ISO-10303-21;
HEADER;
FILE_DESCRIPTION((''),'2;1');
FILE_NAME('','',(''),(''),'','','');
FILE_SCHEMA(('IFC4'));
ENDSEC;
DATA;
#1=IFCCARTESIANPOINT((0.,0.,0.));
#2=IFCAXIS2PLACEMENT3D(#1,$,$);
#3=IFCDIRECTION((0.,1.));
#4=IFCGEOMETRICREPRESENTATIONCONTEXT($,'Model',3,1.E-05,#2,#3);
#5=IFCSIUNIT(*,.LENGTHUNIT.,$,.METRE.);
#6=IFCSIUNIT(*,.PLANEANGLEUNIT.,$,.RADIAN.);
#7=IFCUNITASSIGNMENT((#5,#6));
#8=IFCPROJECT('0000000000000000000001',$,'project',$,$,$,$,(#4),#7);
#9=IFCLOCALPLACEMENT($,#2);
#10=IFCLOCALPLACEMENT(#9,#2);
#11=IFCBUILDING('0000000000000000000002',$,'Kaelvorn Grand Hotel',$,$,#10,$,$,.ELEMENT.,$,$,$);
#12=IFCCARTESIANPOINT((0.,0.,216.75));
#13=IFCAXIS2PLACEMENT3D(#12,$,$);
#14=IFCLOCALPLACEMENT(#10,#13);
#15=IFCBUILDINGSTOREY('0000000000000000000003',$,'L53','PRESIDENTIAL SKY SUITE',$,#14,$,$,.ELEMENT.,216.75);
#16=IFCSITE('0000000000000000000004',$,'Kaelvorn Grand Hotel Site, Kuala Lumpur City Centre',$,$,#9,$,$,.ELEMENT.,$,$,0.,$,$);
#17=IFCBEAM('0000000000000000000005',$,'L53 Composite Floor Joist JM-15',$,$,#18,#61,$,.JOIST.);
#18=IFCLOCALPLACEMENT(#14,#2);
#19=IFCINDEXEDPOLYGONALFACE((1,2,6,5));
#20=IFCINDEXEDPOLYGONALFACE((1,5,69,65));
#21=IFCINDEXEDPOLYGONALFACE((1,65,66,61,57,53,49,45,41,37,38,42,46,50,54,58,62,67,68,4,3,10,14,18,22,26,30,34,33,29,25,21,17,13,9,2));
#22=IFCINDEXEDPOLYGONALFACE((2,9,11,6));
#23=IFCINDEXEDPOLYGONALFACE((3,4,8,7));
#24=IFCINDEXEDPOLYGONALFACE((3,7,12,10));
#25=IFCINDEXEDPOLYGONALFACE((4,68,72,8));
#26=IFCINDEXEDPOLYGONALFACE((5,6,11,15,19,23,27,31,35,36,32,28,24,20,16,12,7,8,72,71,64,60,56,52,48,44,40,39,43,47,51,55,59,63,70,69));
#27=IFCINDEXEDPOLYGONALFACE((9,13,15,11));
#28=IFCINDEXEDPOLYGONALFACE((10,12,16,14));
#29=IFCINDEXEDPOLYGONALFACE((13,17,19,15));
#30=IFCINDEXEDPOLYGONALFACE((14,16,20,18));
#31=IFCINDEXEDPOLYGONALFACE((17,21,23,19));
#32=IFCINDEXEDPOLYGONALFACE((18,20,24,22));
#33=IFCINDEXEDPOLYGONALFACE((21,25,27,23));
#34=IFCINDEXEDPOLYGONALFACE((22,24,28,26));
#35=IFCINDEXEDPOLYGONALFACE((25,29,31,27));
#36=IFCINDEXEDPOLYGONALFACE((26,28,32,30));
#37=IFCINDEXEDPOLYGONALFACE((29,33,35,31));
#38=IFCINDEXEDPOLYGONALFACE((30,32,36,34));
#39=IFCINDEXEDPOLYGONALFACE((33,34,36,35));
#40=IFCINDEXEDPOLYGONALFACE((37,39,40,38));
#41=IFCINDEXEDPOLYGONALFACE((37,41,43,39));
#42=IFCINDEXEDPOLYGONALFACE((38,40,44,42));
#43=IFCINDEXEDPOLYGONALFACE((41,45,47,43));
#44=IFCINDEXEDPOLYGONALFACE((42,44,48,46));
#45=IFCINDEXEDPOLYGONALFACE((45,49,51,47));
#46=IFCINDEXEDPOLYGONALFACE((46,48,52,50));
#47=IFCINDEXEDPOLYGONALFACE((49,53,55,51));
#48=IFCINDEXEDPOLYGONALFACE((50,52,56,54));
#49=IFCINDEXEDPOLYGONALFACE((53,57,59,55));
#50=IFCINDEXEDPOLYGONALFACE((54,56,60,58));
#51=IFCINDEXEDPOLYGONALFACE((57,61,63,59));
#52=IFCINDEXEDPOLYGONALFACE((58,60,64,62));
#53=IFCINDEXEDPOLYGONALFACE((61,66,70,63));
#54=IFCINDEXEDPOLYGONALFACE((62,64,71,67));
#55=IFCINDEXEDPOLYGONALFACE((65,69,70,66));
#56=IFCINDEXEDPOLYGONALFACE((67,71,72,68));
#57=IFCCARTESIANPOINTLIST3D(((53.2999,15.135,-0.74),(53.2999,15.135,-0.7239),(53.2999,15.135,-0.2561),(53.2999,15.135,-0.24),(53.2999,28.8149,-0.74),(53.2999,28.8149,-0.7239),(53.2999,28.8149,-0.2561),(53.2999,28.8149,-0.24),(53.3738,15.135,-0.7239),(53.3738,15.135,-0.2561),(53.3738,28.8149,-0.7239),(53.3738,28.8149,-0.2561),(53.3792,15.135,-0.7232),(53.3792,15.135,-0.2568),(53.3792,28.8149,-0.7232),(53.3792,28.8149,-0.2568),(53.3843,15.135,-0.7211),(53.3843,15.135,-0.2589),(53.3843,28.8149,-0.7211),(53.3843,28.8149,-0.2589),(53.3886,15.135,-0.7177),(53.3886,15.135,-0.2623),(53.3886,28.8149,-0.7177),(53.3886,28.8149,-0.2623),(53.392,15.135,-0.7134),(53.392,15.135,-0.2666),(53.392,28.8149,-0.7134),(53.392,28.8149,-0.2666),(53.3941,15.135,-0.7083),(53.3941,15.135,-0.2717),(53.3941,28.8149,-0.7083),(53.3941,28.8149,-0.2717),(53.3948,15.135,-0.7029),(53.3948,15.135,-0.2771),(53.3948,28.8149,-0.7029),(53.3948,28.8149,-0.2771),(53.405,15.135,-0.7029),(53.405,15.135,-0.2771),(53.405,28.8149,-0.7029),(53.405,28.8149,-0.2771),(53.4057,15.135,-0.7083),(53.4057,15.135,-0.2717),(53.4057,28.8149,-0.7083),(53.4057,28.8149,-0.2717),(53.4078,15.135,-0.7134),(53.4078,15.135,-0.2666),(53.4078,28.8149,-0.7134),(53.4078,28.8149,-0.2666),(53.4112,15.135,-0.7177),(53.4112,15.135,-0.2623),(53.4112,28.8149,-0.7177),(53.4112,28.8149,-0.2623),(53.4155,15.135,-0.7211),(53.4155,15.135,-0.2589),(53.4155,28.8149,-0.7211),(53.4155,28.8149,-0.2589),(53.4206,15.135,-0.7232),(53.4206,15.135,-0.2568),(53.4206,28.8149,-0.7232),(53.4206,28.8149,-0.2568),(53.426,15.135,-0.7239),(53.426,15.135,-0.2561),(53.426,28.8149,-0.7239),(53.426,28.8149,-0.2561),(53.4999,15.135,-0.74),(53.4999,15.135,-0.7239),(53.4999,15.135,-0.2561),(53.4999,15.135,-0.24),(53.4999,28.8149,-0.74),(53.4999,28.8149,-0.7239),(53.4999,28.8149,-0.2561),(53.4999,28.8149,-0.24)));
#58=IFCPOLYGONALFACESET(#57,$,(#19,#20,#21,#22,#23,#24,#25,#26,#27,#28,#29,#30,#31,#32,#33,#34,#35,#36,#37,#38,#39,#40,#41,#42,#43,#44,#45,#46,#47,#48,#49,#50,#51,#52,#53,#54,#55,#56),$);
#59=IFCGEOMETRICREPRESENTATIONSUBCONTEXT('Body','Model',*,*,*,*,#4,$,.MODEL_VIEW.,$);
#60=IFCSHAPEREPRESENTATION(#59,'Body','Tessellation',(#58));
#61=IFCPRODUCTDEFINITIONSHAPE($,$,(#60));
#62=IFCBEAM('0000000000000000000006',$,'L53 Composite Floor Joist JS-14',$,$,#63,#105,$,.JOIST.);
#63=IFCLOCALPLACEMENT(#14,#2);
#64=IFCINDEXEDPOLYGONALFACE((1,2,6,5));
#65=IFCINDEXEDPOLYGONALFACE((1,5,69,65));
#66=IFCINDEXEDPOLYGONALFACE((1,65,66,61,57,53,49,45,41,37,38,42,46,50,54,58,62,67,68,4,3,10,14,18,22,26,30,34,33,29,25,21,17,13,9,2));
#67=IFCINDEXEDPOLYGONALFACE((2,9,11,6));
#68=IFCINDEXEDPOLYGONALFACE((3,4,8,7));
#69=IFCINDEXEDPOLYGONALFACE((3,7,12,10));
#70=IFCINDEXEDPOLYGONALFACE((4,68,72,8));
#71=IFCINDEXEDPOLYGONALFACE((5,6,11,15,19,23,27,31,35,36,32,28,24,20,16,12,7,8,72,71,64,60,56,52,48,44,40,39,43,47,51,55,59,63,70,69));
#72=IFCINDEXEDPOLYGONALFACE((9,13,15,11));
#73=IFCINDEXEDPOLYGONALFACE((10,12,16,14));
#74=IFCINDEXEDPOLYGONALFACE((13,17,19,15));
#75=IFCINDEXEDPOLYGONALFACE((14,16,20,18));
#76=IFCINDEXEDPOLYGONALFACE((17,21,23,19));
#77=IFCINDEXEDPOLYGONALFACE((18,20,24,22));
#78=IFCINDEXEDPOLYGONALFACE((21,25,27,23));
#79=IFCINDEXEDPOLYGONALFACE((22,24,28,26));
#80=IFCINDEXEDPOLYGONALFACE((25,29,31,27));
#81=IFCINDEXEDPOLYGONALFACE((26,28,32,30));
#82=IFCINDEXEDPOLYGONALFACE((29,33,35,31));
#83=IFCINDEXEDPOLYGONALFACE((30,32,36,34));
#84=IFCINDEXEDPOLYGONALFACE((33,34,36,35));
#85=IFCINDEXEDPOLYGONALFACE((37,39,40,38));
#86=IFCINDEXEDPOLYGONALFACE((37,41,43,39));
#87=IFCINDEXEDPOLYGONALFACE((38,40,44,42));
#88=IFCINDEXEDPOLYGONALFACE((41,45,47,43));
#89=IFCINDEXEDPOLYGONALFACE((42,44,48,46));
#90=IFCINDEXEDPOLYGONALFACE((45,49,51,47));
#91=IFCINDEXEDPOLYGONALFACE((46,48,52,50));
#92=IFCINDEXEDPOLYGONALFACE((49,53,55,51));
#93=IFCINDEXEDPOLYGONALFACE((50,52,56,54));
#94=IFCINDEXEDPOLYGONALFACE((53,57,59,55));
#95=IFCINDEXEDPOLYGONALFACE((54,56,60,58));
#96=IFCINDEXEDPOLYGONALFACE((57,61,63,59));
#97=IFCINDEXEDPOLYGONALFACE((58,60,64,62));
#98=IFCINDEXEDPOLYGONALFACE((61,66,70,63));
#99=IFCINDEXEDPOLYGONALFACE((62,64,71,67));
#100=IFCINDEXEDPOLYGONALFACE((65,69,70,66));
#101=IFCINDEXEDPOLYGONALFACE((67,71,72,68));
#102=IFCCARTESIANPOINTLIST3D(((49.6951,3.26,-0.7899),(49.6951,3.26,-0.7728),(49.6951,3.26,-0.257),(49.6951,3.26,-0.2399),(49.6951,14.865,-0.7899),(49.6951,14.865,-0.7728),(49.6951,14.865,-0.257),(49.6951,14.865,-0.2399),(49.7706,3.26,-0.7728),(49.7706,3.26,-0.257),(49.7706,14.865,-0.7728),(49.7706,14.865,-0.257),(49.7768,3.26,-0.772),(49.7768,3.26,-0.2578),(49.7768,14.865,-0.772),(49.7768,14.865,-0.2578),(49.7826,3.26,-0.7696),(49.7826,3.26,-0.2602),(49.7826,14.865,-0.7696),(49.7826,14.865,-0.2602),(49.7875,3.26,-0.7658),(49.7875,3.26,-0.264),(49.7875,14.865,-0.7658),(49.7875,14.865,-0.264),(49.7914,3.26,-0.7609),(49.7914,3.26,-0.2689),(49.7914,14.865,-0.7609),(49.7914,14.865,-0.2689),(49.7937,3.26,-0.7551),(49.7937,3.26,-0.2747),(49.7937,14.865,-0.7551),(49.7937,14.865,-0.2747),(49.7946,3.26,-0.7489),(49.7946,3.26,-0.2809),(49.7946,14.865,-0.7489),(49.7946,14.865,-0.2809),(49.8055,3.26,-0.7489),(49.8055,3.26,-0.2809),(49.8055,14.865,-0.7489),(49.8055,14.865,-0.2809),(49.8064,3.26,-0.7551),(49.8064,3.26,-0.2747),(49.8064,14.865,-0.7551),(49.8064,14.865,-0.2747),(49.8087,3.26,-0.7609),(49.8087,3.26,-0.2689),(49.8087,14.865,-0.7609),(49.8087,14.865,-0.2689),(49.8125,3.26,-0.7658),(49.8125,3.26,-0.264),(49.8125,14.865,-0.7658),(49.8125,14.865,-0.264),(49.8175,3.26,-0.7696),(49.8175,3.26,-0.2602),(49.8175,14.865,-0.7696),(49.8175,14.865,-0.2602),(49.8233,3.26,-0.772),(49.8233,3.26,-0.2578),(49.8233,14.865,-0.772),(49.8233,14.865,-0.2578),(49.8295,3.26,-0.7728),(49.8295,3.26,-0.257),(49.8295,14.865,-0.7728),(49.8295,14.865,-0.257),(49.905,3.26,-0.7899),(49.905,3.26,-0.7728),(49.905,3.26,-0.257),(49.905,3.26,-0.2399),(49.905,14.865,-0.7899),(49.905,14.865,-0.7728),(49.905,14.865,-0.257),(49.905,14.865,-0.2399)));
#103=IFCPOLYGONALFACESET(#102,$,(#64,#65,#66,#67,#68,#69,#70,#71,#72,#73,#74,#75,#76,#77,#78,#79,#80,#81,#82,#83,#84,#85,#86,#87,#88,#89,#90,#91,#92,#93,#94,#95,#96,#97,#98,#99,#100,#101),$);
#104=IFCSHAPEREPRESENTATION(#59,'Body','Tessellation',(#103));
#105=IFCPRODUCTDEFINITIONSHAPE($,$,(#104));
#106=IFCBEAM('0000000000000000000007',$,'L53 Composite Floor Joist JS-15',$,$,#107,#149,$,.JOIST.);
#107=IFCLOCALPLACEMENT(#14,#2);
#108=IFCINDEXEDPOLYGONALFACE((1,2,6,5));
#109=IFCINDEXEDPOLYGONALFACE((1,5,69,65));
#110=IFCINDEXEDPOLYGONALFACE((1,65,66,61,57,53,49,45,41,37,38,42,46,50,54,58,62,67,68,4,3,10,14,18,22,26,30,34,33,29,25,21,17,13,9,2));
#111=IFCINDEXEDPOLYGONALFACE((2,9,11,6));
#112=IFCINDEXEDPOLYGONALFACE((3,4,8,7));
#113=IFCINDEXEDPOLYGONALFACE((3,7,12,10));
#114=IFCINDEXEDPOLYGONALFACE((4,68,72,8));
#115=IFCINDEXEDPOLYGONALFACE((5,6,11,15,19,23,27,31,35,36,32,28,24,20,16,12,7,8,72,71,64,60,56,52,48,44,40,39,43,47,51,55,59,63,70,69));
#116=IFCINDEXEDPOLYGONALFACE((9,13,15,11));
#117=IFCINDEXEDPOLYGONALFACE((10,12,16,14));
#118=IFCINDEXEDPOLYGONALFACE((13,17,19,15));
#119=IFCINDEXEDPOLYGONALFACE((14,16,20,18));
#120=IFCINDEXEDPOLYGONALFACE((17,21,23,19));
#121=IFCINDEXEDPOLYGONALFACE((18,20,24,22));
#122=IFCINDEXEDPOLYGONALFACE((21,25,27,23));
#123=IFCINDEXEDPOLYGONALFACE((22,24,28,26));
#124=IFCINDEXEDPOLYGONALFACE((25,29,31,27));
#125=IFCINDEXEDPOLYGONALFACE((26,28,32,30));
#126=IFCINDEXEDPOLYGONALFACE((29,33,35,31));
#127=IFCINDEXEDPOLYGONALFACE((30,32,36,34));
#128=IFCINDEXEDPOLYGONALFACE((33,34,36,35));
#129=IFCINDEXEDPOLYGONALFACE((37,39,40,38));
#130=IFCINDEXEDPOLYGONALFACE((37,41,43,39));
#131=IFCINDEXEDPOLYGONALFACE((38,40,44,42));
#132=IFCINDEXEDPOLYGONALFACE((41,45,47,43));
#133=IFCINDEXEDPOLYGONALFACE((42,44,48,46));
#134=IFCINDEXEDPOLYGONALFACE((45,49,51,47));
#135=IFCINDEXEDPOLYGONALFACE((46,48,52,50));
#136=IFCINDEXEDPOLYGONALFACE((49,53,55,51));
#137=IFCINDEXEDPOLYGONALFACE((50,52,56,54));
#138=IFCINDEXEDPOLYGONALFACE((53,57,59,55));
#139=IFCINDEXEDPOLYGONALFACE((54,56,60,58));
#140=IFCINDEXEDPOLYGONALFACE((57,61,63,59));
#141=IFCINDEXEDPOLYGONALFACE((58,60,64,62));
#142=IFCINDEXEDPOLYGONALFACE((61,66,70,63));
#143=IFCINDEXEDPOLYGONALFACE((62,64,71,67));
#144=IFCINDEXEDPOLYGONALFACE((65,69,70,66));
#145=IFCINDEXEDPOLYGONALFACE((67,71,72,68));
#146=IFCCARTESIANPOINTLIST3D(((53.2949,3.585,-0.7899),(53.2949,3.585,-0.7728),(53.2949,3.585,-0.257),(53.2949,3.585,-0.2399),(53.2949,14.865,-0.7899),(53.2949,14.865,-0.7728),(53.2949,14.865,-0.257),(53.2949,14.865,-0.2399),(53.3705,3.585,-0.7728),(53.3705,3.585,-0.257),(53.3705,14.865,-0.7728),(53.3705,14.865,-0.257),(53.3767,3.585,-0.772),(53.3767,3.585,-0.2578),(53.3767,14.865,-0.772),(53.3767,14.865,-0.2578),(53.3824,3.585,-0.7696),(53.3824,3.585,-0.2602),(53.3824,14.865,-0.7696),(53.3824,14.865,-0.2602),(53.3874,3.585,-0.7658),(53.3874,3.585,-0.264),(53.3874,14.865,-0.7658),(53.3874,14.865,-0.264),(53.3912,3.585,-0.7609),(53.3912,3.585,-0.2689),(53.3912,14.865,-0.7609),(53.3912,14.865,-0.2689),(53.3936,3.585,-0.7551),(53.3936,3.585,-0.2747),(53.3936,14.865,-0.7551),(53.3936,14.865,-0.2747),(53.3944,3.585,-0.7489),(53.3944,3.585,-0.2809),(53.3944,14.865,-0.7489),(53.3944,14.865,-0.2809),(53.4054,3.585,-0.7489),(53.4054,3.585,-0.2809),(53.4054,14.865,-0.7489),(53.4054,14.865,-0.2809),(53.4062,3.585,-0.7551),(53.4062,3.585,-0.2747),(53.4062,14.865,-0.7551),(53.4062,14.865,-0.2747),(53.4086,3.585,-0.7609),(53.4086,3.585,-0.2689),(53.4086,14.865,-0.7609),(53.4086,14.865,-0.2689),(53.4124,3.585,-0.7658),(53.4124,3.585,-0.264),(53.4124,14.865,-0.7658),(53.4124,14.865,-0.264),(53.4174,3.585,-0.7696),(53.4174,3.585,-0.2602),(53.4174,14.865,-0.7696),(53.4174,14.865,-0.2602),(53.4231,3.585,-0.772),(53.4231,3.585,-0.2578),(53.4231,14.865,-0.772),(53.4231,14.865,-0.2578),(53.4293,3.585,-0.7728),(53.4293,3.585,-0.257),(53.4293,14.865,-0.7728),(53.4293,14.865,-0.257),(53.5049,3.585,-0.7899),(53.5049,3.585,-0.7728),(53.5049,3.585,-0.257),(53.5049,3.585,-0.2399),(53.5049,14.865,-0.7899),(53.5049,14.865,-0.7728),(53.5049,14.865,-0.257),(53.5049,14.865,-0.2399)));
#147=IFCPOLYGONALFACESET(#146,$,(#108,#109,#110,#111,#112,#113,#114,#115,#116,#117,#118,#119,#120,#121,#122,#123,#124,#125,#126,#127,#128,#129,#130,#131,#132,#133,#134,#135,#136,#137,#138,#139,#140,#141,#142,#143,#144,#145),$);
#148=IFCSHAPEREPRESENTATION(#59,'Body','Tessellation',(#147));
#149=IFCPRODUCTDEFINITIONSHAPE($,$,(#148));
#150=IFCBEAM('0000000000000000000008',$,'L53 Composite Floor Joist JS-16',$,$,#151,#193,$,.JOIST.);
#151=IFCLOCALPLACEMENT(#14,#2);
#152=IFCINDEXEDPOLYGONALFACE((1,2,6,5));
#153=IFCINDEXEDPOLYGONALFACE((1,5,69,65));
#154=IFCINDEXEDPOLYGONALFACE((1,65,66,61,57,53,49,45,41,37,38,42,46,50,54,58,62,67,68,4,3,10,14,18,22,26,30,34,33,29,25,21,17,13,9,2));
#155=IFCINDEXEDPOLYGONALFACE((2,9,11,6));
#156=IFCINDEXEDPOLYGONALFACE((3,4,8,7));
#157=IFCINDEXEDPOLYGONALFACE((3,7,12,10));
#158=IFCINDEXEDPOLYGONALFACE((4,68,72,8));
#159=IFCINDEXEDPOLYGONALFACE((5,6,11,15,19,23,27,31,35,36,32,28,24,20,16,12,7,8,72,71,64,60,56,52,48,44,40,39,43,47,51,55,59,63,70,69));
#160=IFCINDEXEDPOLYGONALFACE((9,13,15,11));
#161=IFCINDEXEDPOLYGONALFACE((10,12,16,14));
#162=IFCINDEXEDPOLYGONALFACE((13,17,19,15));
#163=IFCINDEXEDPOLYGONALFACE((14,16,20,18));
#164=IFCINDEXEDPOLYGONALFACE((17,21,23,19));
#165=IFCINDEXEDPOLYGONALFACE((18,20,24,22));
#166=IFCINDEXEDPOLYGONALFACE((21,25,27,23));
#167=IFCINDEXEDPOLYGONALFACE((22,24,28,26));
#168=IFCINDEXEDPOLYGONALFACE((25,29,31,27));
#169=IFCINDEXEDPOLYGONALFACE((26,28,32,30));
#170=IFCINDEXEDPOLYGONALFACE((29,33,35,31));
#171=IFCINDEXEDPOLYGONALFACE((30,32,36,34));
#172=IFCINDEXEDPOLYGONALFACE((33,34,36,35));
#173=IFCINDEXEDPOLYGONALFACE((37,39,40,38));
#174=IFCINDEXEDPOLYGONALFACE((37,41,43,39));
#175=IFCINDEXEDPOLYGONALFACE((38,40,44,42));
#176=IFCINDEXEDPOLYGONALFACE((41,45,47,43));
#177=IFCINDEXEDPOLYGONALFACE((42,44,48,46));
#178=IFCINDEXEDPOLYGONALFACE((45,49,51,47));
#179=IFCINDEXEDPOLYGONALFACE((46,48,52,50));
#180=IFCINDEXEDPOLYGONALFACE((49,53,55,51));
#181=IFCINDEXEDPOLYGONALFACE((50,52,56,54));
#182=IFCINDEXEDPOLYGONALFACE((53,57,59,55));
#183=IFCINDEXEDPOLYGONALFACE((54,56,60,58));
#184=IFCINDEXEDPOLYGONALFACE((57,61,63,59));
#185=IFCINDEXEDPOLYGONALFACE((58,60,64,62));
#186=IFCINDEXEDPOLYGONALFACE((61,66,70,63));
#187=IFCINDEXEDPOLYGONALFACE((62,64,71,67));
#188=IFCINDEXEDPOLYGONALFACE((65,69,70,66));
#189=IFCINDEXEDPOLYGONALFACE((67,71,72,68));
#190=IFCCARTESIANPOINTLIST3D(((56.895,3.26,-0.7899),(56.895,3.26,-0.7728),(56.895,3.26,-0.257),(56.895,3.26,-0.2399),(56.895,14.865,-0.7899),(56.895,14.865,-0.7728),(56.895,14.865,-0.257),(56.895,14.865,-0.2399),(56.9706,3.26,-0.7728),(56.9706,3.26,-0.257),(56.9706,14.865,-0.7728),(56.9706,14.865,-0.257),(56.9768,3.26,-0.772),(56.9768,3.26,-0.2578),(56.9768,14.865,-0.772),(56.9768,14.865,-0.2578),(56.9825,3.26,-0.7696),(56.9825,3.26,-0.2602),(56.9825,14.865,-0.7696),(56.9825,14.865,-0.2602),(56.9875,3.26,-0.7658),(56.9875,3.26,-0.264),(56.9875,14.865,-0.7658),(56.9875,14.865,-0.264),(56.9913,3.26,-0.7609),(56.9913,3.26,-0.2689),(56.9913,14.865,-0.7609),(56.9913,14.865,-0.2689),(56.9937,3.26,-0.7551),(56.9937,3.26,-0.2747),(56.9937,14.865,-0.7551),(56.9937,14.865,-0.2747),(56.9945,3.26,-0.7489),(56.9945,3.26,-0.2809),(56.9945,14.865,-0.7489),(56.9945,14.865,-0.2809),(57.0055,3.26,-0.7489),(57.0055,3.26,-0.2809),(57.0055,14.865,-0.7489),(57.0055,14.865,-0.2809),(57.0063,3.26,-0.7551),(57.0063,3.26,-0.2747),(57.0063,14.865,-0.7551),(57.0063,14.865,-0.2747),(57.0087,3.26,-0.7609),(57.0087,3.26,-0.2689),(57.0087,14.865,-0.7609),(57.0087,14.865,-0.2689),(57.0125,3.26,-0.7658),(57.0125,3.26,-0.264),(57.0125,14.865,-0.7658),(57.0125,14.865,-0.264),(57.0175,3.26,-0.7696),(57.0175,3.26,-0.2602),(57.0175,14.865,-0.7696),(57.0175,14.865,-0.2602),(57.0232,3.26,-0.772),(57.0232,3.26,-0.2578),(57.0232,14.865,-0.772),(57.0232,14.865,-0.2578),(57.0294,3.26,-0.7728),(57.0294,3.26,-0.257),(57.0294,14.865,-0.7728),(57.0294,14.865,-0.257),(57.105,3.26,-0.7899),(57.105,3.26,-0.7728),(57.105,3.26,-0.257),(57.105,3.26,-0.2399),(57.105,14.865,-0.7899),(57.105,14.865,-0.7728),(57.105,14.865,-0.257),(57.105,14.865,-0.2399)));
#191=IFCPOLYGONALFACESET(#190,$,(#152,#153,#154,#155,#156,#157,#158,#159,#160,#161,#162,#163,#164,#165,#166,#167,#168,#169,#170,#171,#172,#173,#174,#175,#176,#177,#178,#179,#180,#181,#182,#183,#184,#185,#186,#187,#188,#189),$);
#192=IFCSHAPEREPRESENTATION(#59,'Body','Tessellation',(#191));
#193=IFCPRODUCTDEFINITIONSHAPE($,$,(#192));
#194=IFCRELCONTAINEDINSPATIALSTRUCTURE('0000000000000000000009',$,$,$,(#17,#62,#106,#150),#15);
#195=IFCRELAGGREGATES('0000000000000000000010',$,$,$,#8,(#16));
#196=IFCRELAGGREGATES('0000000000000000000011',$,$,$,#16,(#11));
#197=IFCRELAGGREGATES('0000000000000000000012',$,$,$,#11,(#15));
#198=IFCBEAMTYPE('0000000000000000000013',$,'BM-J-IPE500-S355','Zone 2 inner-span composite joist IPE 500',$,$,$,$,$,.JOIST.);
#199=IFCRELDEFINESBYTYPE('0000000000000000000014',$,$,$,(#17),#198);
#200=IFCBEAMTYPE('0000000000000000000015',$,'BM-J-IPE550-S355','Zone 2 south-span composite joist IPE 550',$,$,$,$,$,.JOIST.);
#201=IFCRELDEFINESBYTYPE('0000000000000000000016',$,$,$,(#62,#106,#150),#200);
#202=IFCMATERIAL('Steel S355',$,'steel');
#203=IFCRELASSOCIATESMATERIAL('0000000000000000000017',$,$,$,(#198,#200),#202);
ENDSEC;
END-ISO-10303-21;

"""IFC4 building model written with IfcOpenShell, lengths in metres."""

from ifc_helpers import new_model, si_unit, direction, frame, origin, origin_2d, place, context, subcontext, project, spatial, i_section, extrude, material, material_profile, profile_set, type_object, element, save


model = new_model("IFC4")

# Units and contexts
model_context = context("Model", 3, precision=1e-05, world=origin(), true_north=direction((0.0, 1.0)))
body_context = subcontext(model_context, "Body", "Model", "MODEL_VIEW")
ifc_project = project(units=[si_unit("LENGTHUNIT", "METRE"), si_unit("PLANEANGLEUNIT", "RADIAN")], contexts=[model_context])

# Site, building, storey
site_placement = place(None, origin())
site = spatial("IfcSite", under=ifc_project, at=site_placement, Name="Kaelvorn Grand Hotel Site, Kuala Lumpur City Centre", CompositionType="ELEMENT", RefElevation=0.0)
building_placement = place(site_placement, origin())
building = spatial("IfcBuilding", under=site, at=building_placement, Name="Kaelvorn Grand Hotel", CompositionType="ELEMENT")
storey_placement = place(building_placement, frame((0.0, 0.0, 216.75)))
storey = spatial("IfcBuildingStorey", under=building, at=storey_placement, Name="L53", Description="PRESIDENTIAL SKY SUITE", CompositionType="ELEMENT", Elevation=216.75)

# Beams
ifc_material_1 = material(Name="Steel S355", Category="steel")
ifc_material_profile_1 = material_profile(ifc_material_1, i_section(OverallWidth=0.2, OverallDepth=0.5, WebThickness=0.0103, FlangeThickness=0.0161, FilletRadius=0.021, at=origin_2d()), Name="IPE 500")
ifc_profile_set_1 = profile_set([ifc_material_profile_1], Name="Steel S355")
beam_type_1 = type_object("IfcBeamType", Name="BM-J-IPE500-S355", Description="Zone 2 inner-span composite joist IPE 500", PredefinedType="JOIST", material=ifc_profile_set_1)
beam_1_placement = place(storey_placement, frame((53.3999, 15.135, -0.49), z_axis=(0.0, 1.0, 0.0), x_axis=(-1.0, 0.0, 0.0)))
element("IfcBeam", 1, at=beam_1_placement, inside=storey, type_object=beam_type_1, Name="L53 Composite Floor Joist JM-15", PredefinedType="JOIST", context=body_context, shape_type="SweptSolid", body=[
    extrude(i_section(OverallWidth=0.2, OverallDepth=0.5, WebThickness=0.0103, FlangeThickness=0.0161, FilletRadius=0.021, at=origin_2d()), origin(), (0.0, 0.0, 1.0), 13.6799),
])
ifc_material_profile_2 = material_profile(ifc_material_1, i_section(OverallWidth=0.21, OverallDepth=0.55, WebThickness=0.011, FlangeThickness=0.0171, FilletRadius=0.0239, at=origin_2d()), Name="IPE 550")
ifc_profile_set_2 = profile_set([ifc_material_profile_2], Name="Steel S355")
beam_type_2 = type_object("IfcBeamType", Name="BM-J-IPE550-S355", Description="Zone 2 south-span composite joist IPE 550", PredefinedType="JOIST", material=ifc_profile_set_2)
beam_2_placement = place(storey_placement, frame((49.8, 3.26, -0.5149), z_axis=(0.0, 1.0, 0.0), x_axis=(-1.0, 0.0, 0.0)))
element("IfcBeam", 2, at=beam_2_placement, inside=storey, type_object=beam_type_2, Name="L53 Composite Floor Joist JS-14", PredefinedType="JOIST", context=body_context, shape_type="SweptSolid", body=[
    extrude(i_section(OverallWidth=0.21, OverallDepth=0.55, WebThickness=0.011, FlangeThickness=0.0171, FilletRadius=0.0239, at=origin_2d()), origin(), (0.0, 0.0, 1.0), 11.605),
])
beam_3_placement = place(storey_placement, frame((53.3999, 3.585, -0.5149), z_axis=(0.0, 1.0, 0.0), x_axis=(-1.0, 0.0, 0.0)))
element("IfcBeam", 3, at=beam_3_placement, inside=storey, type_object=beam_type_2, Name="L53 Composite Floor Joist JS-15", PredefinedType="JOIST", context=body_context, shape_type="SweptSolid", body=[
    extrude(i_section(OverallWidth=0.21, OverallDepth=0.55, WebThickness=0.011, FlangeThickness=0.0171, FilletRadius=0.0239, at=origin_2d()), origin(), (0.0, 0.0, 1.0), 11.28),
])
beam_4_placement = place(storey_placement, frame((57.0, 3.26, -0.5149), z_axis=(0.0, 1.0, 0.0), x_axis=(-1.0, 0.0, 0.0)))
element("IfcBeam", 4, at=beam_4_placement, inside=storey, type_object=beam_type_2, Name="L53 Composite Floor Joist JS-16", PredefinedType="JOIST", context=body_context, shape_type="SweptSolid", body=[
    extrude(i_section(OverallWidth=0.21, OverallDepth=0.55, WebThickness=0.011, FlangeThickness=0.0171, FilletRadius=0.0239, at=origin_2d()), origin(), (0.0, 0.0, 1.0), 11.605),
])

save(model, "model.ifc")
